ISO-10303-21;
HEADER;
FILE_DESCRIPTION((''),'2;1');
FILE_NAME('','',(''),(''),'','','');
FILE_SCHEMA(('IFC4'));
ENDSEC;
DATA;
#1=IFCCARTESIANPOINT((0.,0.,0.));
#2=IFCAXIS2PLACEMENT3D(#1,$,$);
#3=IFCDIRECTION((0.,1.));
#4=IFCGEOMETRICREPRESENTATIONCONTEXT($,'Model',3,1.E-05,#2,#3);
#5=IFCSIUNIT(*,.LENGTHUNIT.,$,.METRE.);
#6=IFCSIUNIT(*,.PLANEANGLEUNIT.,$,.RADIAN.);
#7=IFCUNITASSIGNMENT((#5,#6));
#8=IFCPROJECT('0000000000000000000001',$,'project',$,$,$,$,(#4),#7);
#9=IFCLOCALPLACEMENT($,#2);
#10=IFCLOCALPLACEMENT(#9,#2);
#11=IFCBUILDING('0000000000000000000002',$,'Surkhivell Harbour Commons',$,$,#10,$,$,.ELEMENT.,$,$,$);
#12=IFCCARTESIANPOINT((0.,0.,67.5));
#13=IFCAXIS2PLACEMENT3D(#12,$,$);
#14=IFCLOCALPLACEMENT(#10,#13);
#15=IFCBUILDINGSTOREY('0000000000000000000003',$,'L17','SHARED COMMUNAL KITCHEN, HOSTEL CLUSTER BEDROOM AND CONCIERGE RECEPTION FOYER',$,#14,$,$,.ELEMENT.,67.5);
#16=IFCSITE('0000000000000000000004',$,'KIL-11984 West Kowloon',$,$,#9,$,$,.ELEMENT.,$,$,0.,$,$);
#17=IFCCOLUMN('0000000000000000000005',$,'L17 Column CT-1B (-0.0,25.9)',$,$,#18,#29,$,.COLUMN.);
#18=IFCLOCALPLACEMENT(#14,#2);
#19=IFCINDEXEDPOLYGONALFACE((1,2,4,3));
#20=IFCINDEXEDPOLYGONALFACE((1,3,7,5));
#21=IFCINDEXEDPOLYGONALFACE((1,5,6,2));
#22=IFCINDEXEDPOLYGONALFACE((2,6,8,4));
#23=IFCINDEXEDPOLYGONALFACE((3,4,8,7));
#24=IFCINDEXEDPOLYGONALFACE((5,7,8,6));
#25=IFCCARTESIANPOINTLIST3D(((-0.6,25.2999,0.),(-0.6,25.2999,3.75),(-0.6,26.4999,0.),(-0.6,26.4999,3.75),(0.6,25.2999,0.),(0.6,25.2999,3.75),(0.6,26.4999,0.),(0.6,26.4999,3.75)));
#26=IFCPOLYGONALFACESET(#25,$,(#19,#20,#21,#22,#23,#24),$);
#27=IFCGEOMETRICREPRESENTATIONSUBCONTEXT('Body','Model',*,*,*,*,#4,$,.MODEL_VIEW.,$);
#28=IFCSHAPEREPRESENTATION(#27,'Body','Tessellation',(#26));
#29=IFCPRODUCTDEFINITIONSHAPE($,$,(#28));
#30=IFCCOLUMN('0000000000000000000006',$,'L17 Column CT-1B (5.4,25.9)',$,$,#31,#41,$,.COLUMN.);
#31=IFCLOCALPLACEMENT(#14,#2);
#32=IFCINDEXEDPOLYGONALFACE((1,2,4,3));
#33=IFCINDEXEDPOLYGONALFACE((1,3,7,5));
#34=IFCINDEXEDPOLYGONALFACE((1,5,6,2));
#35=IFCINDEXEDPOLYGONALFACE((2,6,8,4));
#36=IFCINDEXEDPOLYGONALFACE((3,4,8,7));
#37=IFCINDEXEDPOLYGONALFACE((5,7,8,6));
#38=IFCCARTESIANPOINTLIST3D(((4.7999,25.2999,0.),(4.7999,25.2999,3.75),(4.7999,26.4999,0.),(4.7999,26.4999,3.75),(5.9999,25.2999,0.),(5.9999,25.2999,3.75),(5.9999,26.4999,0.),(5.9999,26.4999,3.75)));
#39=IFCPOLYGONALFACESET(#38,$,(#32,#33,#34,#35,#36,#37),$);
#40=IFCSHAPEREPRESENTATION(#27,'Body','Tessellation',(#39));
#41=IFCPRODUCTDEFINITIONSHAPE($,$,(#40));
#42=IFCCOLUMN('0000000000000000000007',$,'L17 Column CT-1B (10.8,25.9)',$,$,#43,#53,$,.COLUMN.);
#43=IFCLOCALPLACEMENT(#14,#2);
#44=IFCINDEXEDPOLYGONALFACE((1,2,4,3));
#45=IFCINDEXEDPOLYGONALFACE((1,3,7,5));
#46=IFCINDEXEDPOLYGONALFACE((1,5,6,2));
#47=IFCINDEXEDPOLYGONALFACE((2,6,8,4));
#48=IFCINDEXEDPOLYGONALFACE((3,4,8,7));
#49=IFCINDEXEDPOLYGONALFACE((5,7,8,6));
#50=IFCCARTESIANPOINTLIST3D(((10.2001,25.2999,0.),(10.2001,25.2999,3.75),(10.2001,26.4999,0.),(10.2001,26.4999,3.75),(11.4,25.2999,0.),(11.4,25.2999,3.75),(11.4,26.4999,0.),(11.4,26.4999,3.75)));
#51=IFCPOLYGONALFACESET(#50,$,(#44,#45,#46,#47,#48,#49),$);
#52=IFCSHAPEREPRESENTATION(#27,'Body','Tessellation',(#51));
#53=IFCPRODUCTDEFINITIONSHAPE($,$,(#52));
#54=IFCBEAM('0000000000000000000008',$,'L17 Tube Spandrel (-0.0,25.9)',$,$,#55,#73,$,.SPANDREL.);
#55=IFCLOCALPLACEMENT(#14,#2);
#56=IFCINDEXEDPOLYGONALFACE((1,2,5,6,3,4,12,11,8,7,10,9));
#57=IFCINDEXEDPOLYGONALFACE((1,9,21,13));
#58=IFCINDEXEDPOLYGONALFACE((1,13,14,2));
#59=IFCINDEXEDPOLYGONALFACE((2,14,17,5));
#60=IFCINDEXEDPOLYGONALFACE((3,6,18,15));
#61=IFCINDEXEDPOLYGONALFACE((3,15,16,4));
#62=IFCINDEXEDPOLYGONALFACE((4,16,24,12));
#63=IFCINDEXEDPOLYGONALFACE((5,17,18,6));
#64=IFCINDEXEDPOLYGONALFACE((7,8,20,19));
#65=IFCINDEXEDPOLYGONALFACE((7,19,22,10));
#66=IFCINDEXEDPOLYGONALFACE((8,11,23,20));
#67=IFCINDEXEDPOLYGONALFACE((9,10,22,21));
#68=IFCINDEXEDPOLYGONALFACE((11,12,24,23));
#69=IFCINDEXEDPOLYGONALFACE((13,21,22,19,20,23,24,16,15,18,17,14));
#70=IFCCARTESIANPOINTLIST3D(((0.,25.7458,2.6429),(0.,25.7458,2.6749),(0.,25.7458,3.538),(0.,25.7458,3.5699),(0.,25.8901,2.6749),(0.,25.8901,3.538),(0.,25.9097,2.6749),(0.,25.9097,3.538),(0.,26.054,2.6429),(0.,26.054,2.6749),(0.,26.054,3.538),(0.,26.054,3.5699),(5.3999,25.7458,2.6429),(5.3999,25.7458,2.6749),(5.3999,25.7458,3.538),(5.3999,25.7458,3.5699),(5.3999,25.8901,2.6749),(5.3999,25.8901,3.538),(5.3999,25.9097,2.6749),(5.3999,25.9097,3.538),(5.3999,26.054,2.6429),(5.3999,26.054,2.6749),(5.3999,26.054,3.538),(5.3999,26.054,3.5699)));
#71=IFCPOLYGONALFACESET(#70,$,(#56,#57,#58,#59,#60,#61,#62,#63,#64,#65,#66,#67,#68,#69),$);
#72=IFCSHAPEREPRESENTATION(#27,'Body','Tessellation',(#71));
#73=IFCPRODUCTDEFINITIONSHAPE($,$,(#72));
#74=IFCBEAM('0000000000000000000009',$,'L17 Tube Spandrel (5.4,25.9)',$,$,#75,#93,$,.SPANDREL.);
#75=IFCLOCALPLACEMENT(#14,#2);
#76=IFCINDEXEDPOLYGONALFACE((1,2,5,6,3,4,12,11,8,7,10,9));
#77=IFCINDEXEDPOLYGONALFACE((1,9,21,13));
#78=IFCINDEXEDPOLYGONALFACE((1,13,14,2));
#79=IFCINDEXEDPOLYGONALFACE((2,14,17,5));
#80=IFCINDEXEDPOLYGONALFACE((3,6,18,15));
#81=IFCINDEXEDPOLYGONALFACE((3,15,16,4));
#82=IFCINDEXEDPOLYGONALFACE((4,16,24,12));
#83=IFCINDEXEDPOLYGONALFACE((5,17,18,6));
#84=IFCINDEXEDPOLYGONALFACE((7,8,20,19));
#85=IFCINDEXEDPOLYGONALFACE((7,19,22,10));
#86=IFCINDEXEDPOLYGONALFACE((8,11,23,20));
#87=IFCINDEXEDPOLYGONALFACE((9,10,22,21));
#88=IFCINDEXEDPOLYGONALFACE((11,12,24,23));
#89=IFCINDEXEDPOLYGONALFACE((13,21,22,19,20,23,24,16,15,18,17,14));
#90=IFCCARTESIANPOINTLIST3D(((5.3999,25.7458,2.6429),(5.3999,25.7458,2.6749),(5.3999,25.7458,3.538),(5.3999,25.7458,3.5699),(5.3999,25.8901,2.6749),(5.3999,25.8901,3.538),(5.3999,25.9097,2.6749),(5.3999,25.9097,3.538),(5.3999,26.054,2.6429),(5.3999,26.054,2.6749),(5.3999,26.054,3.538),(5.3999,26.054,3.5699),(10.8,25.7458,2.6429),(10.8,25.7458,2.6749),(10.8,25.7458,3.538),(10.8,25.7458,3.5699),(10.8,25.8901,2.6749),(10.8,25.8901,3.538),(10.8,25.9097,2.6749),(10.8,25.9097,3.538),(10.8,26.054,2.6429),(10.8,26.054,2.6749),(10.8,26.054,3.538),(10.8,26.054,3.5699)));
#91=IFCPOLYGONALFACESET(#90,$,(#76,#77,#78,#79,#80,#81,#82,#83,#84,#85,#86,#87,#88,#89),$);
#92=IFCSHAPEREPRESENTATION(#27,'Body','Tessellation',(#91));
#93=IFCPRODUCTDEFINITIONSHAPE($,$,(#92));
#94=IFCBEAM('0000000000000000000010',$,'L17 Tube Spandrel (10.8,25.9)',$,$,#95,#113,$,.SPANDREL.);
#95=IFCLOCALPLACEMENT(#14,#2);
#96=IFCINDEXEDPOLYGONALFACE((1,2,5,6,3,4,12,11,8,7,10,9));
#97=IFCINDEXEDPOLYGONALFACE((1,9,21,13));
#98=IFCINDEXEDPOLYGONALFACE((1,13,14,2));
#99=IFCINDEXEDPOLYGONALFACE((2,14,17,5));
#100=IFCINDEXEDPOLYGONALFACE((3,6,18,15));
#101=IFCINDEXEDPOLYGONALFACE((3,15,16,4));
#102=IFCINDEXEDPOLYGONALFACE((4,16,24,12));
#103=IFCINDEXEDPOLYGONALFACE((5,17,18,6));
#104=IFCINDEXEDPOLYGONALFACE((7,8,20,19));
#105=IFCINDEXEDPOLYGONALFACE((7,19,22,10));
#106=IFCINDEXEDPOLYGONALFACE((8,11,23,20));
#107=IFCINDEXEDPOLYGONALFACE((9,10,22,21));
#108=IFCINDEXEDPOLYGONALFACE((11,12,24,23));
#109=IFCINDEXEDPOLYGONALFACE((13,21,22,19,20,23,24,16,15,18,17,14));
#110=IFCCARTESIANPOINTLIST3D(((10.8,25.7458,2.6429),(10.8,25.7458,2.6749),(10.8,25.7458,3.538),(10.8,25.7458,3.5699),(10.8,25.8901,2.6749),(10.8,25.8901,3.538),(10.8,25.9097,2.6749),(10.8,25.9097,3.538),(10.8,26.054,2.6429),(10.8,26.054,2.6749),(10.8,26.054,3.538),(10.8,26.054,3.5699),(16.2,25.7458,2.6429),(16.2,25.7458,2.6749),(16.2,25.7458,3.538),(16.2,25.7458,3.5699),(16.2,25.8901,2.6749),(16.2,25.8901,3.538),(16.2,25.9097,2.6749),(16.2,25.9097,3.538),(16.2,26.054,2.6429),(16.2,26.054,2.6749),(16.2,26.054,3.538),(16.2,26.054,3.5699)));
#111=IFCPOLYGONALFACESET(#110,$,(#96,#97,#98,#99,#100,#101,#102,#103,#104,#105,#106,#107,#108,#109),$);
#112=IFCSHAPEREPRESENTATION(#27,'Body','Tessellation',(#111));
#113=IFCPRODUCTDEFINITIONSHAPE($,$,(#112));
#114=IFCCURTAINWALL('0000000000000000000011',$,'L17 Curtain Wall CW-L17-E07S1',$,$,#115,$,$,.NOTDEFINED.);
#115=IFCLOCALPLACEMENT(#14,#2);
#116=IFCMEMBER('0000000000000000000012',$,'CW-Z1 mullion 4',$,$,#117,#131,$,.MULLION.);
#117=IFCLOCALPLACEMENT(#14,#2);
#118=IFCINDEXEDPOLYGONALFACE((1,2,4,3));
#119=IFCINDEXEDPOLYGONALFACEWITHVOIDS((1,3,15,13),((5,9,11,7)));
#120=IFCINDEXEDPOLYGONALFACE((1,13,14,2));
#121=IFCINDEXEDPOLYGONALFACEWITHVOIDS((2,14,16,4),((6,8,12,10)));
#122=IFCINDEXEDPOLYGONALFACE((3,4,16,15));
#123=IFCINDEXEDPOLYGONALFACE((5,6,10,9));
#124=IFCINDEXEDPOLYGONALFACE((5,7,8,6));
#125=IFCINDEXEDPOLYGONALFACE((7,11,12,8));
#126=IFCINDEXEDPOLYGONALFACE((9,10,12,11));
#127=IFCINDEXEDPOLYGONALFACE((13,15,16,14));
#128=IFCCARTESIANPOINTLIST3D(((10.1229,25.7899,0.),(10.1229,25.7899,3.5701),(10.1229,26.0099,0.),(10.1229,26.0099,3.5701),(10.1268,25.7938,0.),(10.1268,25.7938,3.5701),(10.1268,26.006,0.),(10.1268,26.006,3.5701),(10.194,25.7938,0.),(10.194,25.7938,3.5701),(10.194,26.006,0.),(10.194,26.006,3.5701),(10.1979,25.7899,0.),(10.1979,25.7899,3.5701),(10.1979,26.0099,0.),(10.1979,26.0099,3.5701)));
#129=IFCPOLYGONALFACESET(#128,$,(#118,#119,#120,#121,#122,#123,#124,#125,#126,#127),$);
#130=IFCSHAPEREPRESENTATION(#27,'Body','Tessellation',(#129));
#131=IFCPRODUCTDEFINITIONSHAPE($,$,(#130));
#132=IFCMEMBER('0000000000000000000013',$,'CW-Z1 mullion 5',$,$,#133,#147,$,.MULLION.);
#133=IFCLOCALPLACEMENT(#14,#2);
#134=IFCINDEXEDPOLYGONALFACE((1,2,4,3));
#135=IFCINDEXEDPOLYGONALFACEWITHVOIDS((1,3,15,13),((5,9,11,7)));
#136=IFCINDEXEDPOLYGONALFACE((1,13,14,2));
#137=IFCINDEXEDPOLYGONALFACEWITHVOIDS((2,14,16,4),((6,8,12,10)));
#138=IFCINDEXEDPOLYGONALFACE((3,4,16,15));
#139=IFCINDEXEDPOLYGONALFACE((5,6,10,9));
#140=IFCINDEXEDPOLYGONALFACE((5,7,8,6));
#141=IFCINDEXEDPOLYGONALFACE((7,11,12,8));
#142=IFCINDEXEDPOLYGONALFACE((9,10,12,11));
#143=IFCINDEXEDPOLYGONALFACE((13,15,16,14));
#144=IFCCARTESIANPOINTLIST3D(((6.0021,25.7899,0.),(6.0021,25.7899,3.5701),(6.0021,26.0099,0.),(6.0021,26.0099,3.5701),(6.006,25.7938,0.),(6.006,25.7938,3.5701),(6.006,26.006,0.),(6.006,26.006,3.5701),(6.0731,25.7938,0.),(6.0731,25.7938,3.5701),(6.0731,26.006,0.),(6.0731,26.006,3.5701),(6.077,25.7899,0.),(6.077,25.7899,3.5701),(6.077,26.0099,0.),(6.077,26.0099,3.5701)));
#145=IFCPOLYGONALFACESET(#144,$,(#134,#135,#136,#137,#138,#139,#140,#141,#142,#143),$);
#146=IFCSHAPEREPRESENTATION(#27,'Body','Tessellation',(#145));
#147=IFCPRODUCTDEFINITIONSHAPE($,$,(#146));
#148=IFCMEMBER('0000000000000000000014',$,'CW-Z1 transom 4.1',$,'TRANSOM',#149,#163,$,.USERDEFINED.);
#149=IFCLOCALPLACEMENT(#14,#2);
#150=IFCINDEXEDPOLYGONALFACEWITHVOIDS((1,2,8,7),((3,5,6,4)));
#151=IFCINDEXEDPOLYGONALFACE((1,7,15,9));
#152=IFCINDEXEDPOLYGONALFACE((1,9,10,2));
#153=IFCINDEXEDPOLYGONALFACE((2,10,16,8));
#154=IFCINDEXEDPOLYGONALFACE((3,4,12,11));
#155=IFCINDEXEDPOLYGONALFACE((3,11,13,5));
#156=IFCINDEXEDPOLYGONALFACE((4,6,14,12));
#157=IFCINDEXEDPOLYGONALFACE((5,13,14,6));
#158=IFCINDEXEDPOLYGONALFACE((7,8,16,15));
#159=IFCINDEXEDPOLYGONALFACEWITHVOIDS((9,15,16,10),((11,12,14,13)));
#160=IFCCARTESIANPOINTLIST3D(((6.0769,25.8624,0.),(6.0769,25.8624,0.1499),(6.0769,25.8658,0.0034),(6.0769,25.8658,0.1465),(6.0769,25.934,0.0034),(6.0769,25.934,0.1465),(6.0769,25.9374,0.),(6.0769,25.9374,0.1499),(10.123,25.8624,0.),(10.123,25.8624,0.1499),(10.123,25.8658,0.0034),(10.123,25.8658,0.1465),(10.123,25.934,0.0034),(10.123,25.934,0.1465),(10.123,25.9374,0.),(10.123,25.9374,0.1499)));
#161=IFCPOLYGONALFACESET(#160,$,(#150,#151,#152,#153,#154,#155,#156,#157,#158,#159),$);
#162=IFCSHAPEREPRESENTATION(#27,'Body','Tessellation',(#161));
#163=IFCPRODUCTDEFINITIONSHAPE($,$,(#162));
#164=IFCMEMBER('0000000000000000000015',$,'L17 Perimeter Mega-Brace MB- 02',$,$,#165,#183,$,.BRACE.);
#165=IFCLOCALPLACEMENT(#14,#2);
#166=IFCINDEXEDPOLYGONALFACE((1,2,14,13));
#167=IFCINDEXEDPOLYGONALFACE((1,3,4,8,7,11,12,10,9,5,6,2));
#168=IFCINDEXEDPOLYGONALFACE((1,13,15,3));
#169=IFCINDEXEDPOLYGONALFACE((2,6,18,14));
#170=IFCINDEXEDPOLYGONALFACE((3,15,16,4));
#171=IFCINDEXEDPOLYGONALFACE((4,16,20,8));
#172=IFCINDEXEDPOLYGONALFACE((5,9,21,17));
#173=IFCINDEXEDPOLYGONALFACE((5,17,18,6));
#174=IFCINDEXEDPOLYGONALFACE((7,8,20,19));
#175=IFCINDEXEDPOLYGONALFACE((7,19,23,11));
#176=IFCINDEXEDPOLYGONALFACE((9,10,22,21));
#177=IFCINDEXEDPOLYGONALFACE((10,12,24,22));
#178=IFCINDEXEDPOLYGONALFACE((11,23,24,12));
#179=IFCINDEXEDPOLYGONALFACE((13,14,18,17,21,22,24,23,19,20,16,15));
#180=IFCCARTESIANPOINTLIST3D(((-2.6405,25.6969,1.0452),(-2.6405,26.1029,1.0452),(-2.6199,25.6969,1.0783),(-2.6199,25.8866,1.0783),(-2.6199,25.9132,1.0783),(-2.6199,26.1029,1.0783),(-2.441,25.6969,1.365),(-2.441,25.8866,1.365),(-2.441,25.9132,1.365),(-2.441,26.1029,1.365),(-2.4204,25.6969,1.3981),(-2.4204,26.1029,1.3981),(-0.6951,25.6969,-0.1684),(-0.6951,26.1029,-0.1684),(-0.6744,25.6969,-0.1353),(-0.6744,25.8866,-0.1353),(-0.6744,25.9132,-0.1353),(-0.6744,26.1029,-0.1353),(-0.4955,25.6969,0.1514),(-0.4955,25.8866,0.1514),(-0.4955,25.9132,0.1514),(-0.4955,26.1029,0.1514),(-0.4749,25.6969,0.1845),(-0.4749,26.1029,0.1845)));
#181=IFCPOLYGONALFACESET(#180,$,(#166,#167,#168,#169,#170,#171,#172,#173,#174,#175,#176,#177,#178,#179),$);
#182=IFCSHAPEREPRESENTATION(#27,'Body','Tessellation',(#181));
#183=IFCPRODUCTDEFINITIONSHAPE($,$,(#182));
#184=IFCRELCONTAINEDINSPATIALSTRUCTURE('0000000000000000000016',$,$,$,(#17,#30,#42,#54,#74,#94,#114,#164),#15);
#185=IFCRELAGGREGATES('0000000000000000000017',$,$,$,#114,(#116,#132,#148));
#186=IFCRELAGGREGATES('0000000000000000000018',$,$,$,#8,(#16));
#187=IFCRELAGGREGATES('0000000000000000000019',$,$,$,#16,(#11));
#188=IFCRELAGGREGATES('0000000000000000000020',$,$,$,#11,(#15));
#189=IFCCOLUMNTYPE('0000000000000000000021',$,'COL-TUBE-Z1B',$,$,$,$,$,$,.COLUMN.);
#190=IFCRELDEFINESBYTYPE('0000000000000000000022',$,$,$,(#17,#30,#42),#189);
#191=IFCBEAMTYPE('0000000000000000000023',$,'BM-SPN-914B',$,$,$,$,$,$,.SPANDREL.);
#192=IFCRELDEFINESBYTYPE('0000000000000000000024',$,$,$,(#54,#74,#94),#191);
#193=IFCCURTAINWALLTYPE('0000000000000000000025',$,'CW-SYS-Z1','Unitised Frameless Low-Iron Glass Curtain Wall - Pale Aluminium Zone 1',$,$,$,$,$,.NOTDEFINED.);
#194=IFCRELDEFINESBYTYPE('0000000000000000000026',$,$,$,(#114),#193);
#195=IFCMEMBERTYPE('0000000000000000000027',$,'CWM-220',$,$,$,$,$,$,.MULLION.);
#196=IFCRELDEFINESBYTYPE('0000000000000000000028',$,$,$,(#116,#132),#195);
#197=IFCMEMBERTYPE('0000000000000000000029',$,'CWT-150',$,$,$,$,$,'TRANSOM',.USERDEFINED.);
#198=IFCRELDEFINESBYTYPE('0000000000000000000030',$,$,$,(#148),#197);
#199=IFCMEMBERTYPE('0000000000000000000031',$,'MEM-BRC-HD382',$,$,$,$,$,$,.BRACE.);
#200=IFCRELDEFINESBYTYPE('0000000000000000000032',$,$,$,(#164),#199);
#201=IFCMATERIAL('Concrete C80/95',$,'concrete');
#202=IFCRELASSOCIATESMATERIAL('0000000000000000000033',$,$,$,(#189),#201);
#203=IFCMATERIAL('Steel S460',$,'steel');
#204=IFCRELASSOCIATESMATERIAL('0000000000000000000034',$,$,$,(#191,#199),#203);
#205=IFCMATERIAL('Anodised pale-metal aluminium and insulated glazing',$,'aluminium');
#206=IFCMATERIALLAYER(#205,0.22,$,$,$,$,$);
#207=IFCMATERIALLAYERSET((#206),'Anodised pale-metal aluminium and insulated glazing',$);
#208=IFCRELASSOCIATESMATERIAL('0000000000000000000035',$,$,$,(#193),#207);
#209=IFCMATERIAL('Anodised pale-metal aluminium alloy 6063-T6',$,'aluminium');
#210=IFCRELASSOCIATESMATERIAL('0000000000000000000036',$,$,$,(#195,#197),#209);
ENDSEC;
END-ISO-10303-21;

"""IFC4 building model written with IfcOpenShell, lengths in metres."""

from ifc_helpers import new_model, si_unit, direction, frame, origin, origin_2d, place, context, subcontext, project, spatial, rectangle, hollow_rectangle, i_section, extrude, material, layer, layer_set, material_profile, profile_set, type_object, element, aggregate, save


model = new_model("IFC4")

# Units and contexts
model_context = context("Model", 3, precision=1e-05, world=origin(), true_north=direction((0.0, 1.0)))
body_context = subcontext(model_context, "Body", "Model", "MODEL_VIEW")
ifc_project = project(units=[si_unit("LENGTHUNIT", "METRE"), si_unit("PLANEANGLEUNIT", "RADIAN")], contexts=[model_context])

# Site, building, storey
site_placement = place(None, origin())
site = spatial("IfcSite", under=ifc_project, at=site_placement, Name="KIL-11984 West Kowloon", CompositionType="ELEMENT", RefElevation=0.0)
building_placement = place(site_placement, origin())
building = spatial("IfcBuilding", under=site, at=building_placement, Name="Surkhivell Harbour Commons", CompositionType="ELEMENT")
storey_placement = place(building_placement, frame((0.0, 0.0, 67.5)))
storey = spatial("IfcBuildingStorey", under=building, at=storey_placement, Name="L17", Description="SHARED COMMUNAL KITCHEN, HOSTEL CLUSTER BEDROOM AND CONCIERGE RECEPTION FOYER", CompositionType="ELEMENT", Elevation=67.5)

# Columns
ifc_material_1 = material(Name="Concrete C80/95", Category="concrete")
ifc_material_profile_1 = material_profile(ifc_material_1, rectangle(XDim=1.2, YDim=1.2, at=origin_2d()), Name="RC-COL-1200x1200")
ifc_profile_set_1 = profile_set([ifc_material_profile_1], Name="Concrete C80/95")
column_type = type_object("IfcColumnType", Name="COL-TUBE-Z1B", PredefinedType="COLUMN", material=ifc_profile_set_1)
for number, where, z_axis, x_axis, name in (
    (1, (0.0, 25.8999, 0.0), (0.0, 0.0, 1.0), (1.0, 0.0, 0.0), "L17 Column CT-1B (-0.0,25.9)"),
    (2, (5.3999, 25.8999, 0.0), (0.0, 0.0, 1.0), (1.0, 0.0, 0.0), "L17 Column CT-1B (5.4,25.9)"),
    (3, (10.8, 25.8999, 0.0), (0.0, 0.0, 1.0), (1.0, 0.0, 0.0), "L17 Column CT-1B (10.8,25.9)"),
):
    element("IfcColumn", number, at=place(storey_placement, frame(where, z_axis=z_axis, x_axis=x_axis)), inside=storey, type_object=column_type, Name=name, PredefinedType="COLUMN", context=body_context, shape_type="SweptSolid", body=[
        extrude(rectangle(XDim=1.2, YDim=1.2, at=origin_2d()), origin(), (0.0, 0.0, 1.0), 3.75),
    ])

# Beams
ifc_material_2 = material(Name="Steel S460", Category="steel")
ifc_material_profile_2 = material_profile(ifc_material_2, i_section(OverallWidth=0.3081, OverallDepth=0.927, WebThickness=0.0195, FlangeThickness=0.032, at=origin_2d()), Name="UB914x305x289")
ifc_profile_set_2 = profile_set([ifc_material_profile_2], Name="Steel S460")
beam_type = type_object("IfcBeamType", Name="BM-SPN-914B", PredefinedType="SPANDREL", material=ifc_profile_set_2)
beam_1_placement = place(storey_placement, frame((0.0, 25.8999, 3.1064), z_axis=(1.0, 0.0, 0.0), x_axis=(0.0, 1.0, 0.0)))
element("IfcBeam", 4, at=beam_1_placement, inside=storey, type_object=beam_type, Name="L17 Tube Spandrel (-0.0,25.9)", PredefinedType="SPANDREL", context=body_context, shape_type="SweptSolid", body=[
    extrude(i_section(OverallWidth=0.3081, OverallDepth=0.927, WebThickness=0.0195, FlangeThickness=0.032, at=origin_2d()), origin(), (0.0, 0.0, 1.0), 5.3999),
])
beam_2_placement = place(storey_placement, frame((5.3999, 25.8999, 3.1064), z_axis=(1.0, 0.0, 0.0), x_axis=(0.0, 1.0, 0.0)))
element("IfcBeam", 5, at=beam_2_placement, inside=storey, type_object=beam_type, Name="L17 Tube Spandrel (5.4,25.9)", PredefinedType="SPANDREL", context=body_context, shape_type="SweptSolid", body=[
    extrude(i_section(OverallWidth=0.3081, OverallDepth=0.927, WebThickness=0.0195, FlangeThickness=0.032, at=origin_2d()), origin(), (0.0, 0.0, 1.0), 5.4001),
])
beam_3_placement = place(storey_placement, frame((10.8, 25.8999, 3.1064), z_axis=(1.0, 0.0, 0.0), x_axis=(0.0, 1.0, 0.0)))
element("IfcBeam", 6, at=beam_3_placement, inside=storey, type_object=beam_type, Name="L17 Tube Spandrel (10.8,25.9)", PredefinedType="SPANDREL", context=body_context, shape_type="SweptSolid", body=[
    extrude(i_section(OverallWidth=0.3081, OverallDepth=0.927, WebThickness=0.0195, FlangeThickness=0.032, at=origin_2d()), origin(), (0.0, 0.0, 1.0), 5.3999),
])

# Curtain wall, members
ifc_material_3 = material(Name="Anodised pale-metal aluminium and insulated glazing", Category="aluminium")
ifc_layer_1 = layer(ifc_material_3, 0.22)
ifc_layer_set_1 = layer_set([ifc_layer_1], Name="Anodised pale-metal aluminium and insulated glazing")
curtain_wall_type = type_object("IfcCurtainWallType", Name="CW-SYS-Z1", Description="Unitised Frameless Low-Iron Glass Curtain Wall - Pale Aluminium Zone 1", PredefinedType="NOTDEFINED", material=ifc_layer_set_1)
curtain_wall_placement = place(storey_placement, origin())
curtain_wall = element("IfcCurtainWall", 7, at=curtain_wall_placement, inside=storey, type_object=curtain_wall_type, Name="L17 Curtain Wall CW-L17-E07S1", PredefinedType="NOTDEFINED")
ifc_material_4 = material(Name="Anodised pale-metal aluminium alloy 6063-T6", Category="aluminium")
ifc_material_profile_3 = material_profile(ifc_material_4, hollow_rectangle(XDim=0.075, YDim=0.22, WallThickness=0.0039, at=origin_2d()), Name="ALU-MULL-75x220")
ifc_profile_set_3 = profile_set([ifc_material_profile_3], Name="Anodised pale-metal aluminium alloy 6063-T6")
member_type_1 = type_object("IfcMemberType", Name="CWM-220", PredefinedType="MULLION", material=ifc_profile_set_3)
member_1_placement = place(storey_placement, frame((10.1604, 25.8999, 0.0), z_axis=(0.0, 0.0, 1.0), x_axis=(-1.0, 0.0, 0.0)))
member_1 = element("IfcMember", 8, at=member_1_placement, type_object=member_type_1, Name="CW-Z1 mullion 4", PredefinedType="MULLION", context=body_context, shape_type="SweptSolid", body=[
    extrude(hollow_rectangle(XDim=0.075, YDim=0.22, WallThickness=0.0039, at=origin_2d()), origin(), (0.0, 0.0, 1.0), 3.5701),
])
member_2_placement = place(storey_placement, frame((6.0396, 25.8999, 0.0), z_axis=(0.0, 0.0, 1.0), x_axis=(-1.0, 0.0, 0.0)))
member_2 = element("IfcMember", 9, at=member_2_placement, type_object=member_type_1, Name="CW-Z1 mullion 5", PredefinedType="MULLION", context=body_context, shape_type="SweptSolid", body=[
    extrude(hollow_rectangle(XDim=0.075, YDim=0.22, WallThickness=0.0039, at=origin_2d()), origin(), (0.0, 0.0, 1.0), 3.5701),
])
ifc_material_profile_4 = material_profile(ifc_material_4, hollow_rectangle(XDim=0.075, YDim=0.1499, WallThickness=0.0034, at=origin_2d()), Name="ALU-TRAN-75x150")
ifc_profile_set_4 = profile_set([ifc_material_profile_4], Name="Anodised pale-metal aluminium alloy 6063-T6")
member_type_2 = type_object("IfcMemberType", Name="CWT-150", ElementType="TRANSOM", PredefinedType="USERDEFINED", material=ifc_profile_set_4)
member_3_placement = place(storey_placement, frame((10.123, 25.8999, 0.075), z_axis=(-1.0, 0.0, 0.0), x_axis=(0.0, -1.0, 0.0)))
member_3 = element("IfcMember", 10, at=member_3_placement, type_object=member_type_2, Name="CW-Z1 transom 4.1", ObjectType="TRANSOM", PredefinedType="USERDEFINED", context=body_context, shape_type="SweptSolid", body=[
    extrude(hollow_rectangle(XDim=0.075, YDim=0.1499, WallThickness=0.0034, at=origin_2d()), origin(), (0.0, 0.0, 1.0), 4.0461),
])

# Member
ifc_material_profile_5 = material_profile(ifc_material_2, i_section(OverallWidth=0.406, OverallDepth=0.416, WebThickness=0.0266, FlangeThickness=0.0391, at=origin_2d()), Name="HD400x382")
ifc_profile_set_5 = profile_set([ifc_material_profile_5], Name="Steel S460")
member_type_3 = type_object("IfcMemberType", Name="MEM-BRC-HD382", PredefinedType="BRACE", material=ifc_profile_set_5)
member_4_placement = place(storey_placement, frame((-0.585, 25.8999, 0.0081), z_axis=(-0.848459, 0.0, 0.529262), x_axis=(0.0, -1.0, 0.0)))
element("IfcMember", 11, at=member_4_placement, inside=storey, type_object=member_type_3, Name="L17 Perimeter Mega-Brace MB- 02", PredefinedType="BRACE", context=body_context, shape_type="SweptSolid", body=[
    extrude(i_section(OverallWidth=0.406, OverallDepth=0.416, WebThickness=0.0266, FlangeThickness=0.0391, at=origin_2d()), origin(), (0.0, 0.0, 1.0), 2.293),
])

aggregate(curtain_wall, [member_1, member_2, member_3])

save(model, "model.ifc")
